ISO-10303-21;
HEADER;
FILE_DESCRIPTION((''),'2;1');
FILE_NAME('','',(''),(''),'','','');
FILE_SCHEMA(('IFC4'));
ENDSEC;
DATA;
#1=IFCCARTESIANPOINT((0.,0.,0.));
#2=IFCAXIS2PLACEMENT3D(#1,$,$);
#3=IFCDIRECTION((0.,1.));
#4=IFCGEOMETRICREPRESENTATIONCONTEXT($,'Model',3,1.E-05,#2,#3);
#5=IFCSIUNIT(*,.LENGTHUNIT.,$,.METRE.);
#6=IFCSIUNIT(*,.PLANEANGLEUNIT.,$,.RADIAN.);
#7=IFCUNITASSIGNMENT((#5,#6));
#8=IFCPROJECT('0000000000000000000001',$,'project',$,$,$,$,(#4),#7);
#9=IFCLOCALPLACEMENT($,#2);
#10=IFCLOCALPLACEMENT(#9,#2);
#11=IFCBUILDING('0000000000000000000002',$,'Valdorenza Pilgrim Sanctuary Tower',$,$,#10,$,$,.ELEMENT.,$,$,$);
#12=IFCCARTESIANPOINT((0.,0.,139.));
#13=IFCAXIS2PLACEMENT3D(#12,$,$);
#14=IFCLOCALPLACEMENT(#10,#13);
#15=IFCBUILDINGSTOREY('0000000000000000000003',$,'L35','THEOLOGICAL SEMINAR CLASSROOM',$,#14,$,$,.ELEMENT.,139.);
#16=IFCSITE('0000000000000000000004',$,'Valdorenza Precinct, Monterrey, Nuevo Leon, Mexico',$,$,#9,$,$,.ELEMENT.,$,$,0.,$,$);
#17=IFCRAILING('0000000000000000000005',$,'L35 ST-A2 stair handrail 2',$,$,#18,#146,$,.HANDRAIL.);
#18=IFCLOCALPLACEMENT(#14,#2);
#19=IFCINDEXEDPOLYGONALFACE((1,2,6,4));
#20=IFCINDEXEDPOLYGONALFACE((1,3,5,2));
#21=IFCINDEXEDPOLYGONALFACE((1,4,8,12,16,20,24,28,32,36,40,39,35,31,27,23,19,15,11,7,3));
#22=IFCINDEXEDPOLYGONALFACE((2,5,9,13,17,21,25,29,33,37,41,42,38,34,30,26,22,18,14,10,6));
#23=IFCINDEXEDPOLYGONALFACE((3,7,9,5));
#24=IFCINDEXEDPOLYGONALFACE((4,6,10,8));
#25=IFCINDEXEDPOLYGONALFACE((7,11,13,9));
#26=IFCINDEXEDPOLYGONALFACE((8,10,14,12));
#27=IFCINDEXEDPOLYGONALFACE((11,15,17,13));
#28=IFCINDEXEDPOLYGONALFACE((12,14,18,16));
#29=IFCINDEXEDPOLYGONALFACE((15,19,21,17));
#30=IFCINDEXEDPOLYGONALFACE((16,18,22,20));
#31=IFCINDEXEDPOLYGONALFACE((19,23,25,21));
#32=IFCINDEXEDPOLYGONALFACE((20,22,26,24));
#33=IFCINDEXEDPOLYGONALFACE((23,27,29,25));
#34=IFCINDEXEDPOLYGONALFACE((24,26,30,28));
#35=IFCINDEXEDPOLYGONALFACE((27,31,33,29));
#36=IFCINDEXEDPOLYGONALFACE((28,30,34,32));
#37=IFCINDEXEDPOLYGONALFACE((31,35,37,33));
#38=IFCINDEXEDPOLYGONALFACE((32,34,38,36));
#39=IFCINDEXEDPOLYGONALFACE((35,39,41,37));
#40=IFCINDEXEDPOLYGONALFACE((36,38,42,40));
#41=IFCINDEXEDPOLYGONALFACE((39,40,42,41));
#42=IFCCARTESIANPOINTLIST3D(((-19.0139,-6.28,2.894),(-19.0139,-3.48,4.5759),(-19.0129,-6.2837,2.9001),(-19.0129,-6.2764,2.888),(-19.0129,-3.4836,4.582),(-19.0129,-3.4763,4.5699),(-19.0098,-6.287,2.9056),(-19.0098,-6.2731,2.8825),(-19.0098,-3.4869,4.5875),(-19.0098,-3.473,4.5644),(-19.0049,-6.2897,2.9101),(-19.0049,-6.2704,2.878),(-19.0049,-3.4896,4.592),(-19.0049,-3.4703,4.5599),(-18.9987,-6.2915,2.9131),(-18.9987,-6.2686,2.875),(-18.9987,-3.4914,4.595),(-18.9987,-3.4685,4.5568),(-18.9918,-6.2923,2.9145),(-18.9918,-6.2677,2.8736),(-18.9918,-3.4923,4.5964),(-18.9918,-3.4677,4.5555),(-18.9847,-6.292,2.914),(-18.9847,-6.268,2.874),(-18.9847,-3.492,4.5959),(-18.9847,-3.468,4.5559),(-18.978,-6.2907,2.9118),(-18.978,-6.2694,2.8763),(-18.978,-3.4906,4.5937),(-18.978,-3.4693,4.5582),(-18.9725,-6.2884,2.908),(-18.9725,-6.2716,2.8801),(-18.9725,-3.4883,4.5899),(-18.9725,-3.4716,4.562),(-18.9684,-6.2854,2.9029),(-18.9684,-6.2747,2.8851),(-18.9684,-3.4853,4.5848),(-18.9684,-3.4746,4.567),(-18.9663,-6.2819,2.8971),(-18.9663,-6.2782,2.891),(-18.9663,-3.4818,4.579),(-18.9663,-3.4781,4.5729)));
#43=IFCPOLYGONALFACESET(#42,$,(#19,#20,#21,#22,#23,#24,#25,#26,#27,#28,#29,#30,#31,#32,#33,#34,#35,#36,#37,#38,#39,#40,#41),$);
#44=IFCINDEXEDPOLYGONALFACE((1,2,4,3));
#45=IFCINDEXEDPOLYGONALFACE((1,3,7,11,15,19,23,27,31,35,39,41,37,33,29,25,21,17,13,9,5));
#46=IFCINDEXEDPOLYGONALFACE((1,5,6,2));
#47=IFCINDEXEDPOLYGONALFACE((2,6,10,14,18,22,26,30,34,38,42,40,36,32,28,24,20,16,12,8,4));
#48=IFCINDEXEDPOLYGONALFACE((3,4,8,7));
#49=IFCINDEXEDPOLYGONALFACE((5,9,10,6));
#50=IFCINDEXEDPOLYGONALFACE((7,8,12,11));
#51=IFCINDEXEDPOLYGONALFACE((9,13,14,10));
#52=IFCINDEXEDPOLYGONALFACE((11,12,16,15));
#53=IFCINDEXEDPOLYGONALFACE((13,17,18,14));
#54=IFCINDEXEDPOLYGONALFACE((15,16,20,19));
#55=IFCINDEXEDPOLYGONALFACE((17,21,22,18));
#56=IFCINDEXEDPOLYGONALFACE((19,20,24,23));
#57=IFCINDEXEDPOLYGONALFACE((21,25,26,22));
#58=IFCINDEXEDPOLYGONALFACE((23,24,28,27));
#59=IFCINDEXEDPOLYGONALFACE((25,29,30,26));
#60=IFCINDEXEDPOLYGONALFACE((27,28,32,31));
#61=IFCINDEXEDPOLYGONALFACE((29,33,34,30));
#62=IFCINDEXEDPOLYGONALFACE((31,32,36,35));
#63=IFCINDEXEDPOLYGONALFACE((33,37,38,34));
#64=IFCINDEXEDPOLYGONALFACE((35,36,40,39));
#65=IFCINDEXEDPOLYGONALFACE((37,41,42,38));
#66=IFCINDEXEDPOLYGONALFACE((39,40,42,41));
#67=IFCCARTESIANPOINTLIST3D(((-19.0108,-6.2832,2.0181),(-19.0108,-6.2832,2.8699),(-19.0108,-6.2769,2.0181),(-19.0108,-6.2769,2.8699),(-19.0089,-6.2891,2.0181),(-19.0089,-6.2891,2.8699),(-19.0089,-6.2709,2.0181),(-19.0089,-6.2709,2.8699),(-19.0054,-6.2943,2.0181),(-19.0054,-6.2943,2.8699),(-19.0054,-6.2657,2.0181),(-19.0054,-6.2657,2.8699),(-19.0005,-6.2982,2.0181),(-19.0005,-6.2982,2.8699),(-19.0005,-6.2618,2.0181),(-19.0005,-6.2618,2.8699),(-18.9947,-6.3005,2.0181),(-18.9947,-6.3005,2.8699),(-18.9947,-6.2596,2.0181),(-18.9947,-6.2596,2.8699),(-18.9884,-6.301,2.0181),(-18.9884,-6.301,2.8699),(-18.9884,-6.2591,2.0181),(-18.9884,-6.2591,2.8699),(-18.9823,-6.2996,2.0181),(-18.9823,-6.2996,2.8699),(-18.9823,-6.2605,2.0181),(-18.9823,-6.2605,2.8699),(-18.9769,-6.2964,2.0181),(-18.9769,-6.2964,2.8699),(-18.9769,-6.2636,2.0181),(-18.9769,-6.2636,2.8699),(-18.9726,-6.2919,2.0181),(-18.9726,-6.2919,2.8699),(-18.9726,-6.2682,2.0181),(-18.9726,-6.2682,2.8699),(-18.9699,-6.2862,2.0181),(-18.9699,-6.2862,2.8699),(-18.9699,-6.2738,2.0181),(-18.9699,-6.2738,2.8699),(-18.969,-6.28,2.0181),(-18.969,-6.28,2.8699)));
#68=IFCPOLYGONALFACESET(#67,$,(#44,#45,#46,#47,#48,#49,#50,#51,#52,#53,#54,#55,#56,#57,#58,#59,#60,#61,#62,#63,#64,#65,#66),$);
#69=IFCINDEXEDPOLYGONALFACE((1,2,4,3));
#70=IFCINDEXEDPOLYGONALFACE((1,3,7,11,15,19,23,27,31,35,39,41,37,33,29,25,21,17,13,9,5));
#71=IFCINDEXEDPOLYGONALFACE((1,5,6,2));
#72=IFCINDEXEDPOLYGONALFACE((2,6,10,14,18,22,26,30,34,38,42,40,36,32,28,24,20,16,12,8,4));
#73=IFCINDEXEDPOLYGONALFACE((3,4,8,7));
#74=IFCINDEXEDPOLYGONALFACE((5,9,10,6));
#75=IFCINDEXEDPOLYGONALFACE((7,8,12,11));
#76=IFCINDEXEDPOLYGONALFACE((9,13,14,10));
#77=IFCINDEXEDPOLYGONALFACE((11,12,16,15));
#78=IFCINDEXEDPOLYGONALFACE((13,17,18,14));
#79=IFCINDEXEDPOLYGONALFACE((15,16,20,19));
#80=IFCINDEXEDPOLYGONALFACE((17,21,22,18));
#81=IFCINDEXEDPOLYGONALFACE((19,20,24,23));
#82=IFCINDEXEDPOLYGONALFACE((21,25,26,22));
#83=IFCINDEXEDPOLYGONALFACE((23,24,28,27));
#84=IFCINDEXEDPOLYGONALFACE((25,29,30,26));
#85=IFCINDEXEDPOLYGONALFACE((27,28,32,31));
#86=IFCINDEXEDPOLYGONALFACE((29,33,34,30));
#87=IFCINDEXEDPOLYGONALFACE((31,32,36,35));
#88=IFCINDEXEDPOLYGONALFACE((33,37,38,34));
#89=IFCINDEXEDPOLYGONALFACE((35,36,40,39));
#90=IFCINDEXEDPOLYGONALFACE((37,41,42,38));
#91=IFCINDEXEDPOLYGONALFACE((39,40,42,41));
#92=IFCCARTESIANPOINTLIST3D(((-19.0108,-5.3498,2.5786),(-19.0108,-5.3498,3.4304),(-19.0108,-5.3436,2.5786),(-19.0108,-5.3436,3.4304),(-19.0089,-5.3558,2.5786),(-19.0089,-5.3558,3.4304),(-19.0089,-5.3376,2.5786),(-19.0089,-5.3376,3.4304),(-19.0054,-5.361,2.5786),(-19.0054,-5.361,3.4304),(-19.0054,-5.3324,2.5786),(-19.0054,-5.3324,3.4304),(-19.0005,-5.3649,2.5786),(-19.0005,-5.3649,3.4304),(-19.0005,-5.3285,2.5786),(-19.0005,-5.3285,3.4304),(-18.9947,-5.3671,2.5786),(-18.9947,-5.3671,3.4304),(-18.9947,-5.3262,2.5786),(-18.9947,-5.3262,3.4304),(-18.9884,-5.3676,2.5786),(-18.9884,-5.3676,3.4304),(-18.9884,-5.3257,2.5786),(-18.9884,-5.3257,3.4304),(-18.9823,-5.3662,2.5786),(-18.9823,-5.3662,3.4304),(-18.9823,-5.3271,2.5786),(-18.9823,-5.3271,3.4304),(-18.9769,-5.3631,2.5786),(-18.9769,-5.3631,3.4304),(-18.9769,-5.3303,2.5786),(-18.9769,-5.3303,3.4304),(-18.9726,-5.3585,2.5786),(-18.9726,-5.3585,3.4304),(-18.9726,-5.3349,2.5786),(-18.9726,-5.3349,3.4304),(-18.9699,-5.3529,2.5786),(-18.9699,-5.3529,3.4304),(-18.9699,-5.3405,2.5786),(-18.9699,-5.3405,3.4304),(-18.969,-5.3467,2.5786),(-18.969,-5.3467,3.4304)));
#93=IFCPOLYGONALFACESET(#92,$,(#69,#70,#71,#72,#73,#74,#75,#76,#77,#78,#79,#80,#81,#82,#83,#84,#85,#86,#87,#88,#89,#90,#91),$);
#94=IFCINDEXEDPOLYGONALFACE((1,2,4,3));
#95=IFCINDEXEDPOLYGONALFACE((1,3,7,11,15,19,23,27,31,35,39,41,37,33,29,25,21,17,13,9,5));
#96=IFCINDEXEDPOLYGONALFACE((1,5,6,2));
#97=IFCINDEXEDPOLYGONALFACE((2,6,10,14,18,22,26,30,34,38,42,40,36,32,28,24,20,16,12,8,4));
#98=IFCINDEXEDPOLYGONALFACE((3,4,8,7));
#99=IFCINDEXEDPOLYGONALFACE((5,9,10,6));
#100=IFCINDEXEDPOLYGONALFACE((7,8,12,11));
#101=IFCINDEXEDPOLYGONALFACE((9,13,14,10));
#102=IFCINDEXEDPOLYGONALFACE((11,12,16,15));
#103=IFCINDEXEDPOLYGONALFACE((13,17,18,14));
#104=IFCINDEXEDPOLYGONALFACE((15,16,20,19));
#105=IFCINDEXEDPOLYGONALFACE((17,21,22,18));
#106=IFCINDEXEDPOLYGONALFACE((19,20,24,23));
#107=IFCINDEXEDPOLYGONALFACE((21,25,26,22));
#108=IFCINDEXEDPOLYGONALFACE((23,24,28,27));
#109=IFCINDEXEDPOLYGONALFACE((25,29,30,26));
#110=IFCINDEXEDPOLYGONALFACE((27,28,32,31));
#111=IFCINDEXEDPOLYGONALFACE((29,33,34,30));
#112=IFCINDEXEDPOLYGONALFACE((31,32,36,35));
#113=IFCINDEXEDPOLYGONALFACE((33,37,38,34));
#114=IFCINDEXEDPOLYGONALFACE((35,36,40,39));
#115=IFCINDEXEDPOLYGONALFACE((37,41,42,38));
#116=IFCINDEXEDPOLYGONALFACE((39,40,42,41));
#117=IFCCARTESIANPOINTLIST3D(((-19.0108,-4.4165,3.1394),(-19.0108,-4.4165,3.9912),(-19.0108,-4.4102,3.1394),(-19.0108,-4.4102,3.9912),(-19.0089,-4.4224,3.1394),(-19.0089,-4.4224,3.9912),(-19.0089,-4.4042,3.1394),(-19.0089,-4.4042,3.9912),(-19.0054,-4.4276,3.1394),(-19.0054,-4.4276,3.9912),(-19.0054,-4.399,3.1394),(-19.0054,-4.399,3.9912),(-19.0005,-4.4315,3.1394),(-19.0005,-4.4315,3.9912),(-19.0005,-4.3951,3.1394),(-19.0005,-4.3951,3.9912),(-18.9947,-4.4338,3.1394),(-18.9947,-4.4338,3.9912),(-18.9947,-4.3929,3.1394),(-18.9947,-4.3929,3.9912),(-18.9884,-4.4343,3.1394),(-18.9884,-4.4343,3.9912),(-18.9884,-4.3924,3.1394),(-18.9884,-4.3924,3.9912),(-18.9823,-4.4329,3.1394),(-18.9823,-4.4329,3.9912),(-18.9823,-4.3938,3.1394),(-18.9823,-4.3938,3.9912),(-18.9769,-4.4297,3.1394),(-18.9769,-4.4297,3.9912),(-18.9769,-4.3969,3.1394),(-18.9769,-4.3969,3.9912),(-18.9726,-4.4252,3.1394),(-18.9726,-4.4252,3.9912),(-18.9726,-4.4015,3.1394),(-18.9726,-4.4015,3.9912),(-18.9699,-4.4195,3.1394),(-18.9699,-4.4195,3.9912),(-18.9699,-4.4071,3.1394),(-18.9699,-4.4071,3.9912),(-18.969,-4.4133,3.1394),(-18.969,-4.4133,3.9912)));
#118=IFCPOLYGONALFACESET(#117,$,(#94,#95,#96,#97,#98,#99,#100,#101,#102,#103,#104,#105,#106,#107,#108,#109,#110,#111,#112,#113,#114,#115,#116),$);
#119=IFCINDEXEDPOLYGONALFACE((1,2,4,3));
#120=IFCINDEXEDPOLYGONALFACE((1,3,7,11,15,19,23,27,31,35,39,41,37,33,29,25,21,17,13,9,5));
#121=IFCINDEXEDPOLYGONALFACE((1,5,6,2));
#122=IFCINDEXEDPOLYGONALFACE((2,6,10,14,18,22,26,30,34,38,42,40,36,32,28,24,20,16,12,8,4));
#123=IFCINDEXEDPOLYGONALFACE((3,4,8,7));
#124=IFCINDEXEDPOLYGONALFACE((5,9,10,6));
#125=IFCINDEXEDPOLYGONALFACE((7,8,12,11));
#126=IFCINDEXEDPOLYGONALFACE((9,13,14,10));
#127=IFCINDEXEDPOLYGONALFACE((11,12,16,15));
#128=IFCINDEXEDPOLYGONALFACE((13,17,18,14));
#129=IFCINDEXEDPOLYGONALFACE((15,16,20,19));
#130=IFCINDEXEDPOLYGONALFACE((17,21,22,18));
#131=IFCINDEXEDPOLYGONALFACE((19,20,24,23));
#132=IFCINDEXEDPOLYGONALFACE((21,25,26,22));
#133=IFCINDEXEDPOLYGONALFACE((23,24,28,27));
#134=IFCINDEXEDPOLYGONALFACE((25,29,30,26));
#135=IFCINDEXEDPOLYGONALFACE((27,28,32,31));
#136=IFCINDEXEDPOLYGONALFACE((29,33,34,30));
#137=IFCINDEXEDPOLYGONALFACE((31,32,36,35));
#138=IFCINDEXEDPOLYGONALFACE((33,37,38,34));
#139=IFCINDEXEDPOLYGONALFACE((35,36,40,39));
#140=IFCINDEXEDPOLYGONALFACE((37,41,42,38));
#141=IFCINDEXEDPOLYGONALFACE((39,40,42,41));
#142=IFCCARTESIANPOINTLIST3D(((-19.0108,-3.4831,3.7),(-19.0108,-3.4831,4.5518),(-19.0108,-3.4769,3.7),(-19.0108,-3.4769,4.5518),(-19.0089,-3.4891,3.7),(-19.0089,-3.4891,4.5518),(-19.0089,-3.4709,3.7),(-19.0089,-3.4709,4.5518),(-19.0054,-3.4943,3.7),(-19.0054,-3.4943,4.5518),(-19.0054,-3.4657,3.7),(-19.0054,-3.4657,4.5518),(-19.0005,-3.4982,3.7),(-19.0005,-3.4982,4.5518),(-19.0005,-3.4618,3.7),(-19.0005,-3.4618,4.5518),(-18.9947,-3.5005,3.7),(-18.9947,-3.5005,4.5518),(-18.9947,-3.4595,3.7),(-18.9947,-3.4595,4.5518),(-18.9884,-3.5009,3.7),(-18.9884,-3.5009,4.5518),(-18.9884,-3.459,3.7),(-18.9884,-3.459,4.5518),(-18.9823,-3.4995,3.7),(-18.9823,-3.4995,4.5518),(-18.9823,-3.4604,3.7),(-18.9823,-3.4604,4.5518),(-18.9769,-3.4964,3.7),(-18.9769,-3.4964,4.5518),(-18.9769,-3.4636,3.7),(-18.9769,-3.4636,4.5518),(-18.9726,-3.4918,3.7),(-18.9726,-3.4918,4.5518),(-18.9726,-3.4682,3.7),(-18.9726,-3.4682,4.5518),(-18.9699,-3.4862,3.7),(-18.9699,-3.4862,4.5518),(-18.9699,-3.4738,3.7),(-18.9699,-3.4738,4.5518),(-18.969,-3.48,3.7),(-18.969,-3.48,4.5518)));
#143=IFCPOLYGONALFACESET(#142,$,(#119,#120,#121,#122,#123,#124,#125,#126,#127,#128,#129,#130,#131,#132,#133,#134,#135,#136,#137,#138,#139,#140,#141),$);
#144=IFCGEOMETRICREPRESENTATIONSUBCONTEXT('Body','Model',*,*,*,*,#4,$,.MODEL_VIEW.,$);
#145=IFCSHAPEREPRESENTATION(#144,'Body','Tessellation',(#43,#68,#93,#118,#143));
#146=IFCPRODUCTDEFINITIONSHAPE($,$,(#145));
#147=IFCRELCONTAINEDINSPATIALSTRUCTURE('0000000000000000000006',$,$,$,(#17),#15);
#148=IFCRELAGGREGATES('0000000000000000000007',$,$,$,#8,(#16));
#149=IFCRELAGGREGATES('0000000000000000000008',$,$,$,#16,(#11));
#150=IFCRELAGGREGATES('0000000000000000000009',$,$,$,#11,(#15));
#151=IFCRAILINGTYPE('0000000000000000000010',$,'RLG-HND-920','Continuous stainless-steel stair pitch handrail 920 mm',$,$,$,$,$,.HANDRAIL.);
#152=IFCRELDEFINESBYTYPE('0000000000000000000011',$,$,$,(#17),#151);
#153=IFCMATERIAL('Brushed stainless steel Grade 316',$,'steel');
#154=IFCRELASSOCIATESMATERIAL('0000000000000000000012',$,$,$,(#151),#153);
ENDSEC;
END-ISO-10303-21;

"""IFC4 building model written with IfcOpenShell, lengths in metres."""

from ifc_helpers import new_model, si_unit, direction, frame, origin, origin_2d, place, context, subcontext, project, spatial, circle, extrude, material, type_object, element, save


model = new_model("IFC4")

# Units and contexts
model_context = context("Model", 3, precision=1e-05, world=origin(), true_north=direction((0.0, 1.0)))
body_context = subcontext(model_context, "Body", "Model", "MODEL_VIEW")
ifc_project = project(units=[si_unit("LENGTHUNIT", "METRE"), si_unit("PLANEANGLEUNIT", "RADIAN")], contexts=[model_context])

# Site, building, storey
site_placement = place(None, origin())
site = spatial("IfcSite", under=ifc_project, at=site_placement, Name="Valdorenza Precinct, Monterrey, Nuevo Leon, Mexico", CompositionType="ELEMENT", RefElevation=0.0)
building_placement = place(site_placement, origin())
building = spatial("IfcBuilding", under=site, at=building_placement, Name="Valdorenza Pilgrim Sanctuary Tower", CompositionType="ELEMENT")
storey_placement = place(building_placement, frame((0.0, 0.0, 139.0)))
storey = spatial("IfcBuildingStorey", under=building, at=storey_placement, Name="L35", Description="THEOLOGICAL SEMINAR CLASSROOM", CompositionType="ELEMENT", Elevation=139.0)

# Shared definitions
ifc_material_1 = material(Name="Brushed stainless steel Grade 316", Category="steel")

# Railing
railing_type_1 = type_object("IfcRailingType", Name="RLG-HND-920", Description="Continuous stainless-steel stair pitch handrail 920 mm", PredefinedType="HANDRAIL", material=ifc_material_1)
railing_1_placement = place(storey_placement, frame((-18.99, -6.28, 2.0181)))
element("IfcRailing", 1, at=railing_1_placement, inside=storey, type_object=railing_type_1, Name="L35 ST-A2 stair handrail 2", PredefinedType="HANDRAIL", context=body_context, shape_type="SweptSolid", body=[
    extrude(circle(Radius=0.0239, at=origin_2d()), frame((0.0, 0.0, 0.876), z_axis=(0.0, 0.857242, 0.514913), x_axis=(-1.0, 0.0, 0.0)), (0.0, 0.0, 1.0), 3.2664),
    extrude(circle(Radius=0.021, at=origin_2d()), origin(), (0.0, 0.0, 1.0), 0.8518),
    extrude(circle(Radius=0.021, at=origin_2d()), frame((0.0, 0.9333, 0.5605)), (0.0, 0.0, 1.0), 0.8518),
    extrude(circle(Radius=0.021, at=origin_2d()), frame((0.0, 1.8667, 1.1213)), (0.0, 0.0, 1.0), 0.8518),
    extrude(circle(Radius=0.021, at=origin_2d()), frame((0.0, 2.8, 1.6819)), (0.0, 0.0, 1.0), 0.8518),
])

save(model, "model.ifc")
